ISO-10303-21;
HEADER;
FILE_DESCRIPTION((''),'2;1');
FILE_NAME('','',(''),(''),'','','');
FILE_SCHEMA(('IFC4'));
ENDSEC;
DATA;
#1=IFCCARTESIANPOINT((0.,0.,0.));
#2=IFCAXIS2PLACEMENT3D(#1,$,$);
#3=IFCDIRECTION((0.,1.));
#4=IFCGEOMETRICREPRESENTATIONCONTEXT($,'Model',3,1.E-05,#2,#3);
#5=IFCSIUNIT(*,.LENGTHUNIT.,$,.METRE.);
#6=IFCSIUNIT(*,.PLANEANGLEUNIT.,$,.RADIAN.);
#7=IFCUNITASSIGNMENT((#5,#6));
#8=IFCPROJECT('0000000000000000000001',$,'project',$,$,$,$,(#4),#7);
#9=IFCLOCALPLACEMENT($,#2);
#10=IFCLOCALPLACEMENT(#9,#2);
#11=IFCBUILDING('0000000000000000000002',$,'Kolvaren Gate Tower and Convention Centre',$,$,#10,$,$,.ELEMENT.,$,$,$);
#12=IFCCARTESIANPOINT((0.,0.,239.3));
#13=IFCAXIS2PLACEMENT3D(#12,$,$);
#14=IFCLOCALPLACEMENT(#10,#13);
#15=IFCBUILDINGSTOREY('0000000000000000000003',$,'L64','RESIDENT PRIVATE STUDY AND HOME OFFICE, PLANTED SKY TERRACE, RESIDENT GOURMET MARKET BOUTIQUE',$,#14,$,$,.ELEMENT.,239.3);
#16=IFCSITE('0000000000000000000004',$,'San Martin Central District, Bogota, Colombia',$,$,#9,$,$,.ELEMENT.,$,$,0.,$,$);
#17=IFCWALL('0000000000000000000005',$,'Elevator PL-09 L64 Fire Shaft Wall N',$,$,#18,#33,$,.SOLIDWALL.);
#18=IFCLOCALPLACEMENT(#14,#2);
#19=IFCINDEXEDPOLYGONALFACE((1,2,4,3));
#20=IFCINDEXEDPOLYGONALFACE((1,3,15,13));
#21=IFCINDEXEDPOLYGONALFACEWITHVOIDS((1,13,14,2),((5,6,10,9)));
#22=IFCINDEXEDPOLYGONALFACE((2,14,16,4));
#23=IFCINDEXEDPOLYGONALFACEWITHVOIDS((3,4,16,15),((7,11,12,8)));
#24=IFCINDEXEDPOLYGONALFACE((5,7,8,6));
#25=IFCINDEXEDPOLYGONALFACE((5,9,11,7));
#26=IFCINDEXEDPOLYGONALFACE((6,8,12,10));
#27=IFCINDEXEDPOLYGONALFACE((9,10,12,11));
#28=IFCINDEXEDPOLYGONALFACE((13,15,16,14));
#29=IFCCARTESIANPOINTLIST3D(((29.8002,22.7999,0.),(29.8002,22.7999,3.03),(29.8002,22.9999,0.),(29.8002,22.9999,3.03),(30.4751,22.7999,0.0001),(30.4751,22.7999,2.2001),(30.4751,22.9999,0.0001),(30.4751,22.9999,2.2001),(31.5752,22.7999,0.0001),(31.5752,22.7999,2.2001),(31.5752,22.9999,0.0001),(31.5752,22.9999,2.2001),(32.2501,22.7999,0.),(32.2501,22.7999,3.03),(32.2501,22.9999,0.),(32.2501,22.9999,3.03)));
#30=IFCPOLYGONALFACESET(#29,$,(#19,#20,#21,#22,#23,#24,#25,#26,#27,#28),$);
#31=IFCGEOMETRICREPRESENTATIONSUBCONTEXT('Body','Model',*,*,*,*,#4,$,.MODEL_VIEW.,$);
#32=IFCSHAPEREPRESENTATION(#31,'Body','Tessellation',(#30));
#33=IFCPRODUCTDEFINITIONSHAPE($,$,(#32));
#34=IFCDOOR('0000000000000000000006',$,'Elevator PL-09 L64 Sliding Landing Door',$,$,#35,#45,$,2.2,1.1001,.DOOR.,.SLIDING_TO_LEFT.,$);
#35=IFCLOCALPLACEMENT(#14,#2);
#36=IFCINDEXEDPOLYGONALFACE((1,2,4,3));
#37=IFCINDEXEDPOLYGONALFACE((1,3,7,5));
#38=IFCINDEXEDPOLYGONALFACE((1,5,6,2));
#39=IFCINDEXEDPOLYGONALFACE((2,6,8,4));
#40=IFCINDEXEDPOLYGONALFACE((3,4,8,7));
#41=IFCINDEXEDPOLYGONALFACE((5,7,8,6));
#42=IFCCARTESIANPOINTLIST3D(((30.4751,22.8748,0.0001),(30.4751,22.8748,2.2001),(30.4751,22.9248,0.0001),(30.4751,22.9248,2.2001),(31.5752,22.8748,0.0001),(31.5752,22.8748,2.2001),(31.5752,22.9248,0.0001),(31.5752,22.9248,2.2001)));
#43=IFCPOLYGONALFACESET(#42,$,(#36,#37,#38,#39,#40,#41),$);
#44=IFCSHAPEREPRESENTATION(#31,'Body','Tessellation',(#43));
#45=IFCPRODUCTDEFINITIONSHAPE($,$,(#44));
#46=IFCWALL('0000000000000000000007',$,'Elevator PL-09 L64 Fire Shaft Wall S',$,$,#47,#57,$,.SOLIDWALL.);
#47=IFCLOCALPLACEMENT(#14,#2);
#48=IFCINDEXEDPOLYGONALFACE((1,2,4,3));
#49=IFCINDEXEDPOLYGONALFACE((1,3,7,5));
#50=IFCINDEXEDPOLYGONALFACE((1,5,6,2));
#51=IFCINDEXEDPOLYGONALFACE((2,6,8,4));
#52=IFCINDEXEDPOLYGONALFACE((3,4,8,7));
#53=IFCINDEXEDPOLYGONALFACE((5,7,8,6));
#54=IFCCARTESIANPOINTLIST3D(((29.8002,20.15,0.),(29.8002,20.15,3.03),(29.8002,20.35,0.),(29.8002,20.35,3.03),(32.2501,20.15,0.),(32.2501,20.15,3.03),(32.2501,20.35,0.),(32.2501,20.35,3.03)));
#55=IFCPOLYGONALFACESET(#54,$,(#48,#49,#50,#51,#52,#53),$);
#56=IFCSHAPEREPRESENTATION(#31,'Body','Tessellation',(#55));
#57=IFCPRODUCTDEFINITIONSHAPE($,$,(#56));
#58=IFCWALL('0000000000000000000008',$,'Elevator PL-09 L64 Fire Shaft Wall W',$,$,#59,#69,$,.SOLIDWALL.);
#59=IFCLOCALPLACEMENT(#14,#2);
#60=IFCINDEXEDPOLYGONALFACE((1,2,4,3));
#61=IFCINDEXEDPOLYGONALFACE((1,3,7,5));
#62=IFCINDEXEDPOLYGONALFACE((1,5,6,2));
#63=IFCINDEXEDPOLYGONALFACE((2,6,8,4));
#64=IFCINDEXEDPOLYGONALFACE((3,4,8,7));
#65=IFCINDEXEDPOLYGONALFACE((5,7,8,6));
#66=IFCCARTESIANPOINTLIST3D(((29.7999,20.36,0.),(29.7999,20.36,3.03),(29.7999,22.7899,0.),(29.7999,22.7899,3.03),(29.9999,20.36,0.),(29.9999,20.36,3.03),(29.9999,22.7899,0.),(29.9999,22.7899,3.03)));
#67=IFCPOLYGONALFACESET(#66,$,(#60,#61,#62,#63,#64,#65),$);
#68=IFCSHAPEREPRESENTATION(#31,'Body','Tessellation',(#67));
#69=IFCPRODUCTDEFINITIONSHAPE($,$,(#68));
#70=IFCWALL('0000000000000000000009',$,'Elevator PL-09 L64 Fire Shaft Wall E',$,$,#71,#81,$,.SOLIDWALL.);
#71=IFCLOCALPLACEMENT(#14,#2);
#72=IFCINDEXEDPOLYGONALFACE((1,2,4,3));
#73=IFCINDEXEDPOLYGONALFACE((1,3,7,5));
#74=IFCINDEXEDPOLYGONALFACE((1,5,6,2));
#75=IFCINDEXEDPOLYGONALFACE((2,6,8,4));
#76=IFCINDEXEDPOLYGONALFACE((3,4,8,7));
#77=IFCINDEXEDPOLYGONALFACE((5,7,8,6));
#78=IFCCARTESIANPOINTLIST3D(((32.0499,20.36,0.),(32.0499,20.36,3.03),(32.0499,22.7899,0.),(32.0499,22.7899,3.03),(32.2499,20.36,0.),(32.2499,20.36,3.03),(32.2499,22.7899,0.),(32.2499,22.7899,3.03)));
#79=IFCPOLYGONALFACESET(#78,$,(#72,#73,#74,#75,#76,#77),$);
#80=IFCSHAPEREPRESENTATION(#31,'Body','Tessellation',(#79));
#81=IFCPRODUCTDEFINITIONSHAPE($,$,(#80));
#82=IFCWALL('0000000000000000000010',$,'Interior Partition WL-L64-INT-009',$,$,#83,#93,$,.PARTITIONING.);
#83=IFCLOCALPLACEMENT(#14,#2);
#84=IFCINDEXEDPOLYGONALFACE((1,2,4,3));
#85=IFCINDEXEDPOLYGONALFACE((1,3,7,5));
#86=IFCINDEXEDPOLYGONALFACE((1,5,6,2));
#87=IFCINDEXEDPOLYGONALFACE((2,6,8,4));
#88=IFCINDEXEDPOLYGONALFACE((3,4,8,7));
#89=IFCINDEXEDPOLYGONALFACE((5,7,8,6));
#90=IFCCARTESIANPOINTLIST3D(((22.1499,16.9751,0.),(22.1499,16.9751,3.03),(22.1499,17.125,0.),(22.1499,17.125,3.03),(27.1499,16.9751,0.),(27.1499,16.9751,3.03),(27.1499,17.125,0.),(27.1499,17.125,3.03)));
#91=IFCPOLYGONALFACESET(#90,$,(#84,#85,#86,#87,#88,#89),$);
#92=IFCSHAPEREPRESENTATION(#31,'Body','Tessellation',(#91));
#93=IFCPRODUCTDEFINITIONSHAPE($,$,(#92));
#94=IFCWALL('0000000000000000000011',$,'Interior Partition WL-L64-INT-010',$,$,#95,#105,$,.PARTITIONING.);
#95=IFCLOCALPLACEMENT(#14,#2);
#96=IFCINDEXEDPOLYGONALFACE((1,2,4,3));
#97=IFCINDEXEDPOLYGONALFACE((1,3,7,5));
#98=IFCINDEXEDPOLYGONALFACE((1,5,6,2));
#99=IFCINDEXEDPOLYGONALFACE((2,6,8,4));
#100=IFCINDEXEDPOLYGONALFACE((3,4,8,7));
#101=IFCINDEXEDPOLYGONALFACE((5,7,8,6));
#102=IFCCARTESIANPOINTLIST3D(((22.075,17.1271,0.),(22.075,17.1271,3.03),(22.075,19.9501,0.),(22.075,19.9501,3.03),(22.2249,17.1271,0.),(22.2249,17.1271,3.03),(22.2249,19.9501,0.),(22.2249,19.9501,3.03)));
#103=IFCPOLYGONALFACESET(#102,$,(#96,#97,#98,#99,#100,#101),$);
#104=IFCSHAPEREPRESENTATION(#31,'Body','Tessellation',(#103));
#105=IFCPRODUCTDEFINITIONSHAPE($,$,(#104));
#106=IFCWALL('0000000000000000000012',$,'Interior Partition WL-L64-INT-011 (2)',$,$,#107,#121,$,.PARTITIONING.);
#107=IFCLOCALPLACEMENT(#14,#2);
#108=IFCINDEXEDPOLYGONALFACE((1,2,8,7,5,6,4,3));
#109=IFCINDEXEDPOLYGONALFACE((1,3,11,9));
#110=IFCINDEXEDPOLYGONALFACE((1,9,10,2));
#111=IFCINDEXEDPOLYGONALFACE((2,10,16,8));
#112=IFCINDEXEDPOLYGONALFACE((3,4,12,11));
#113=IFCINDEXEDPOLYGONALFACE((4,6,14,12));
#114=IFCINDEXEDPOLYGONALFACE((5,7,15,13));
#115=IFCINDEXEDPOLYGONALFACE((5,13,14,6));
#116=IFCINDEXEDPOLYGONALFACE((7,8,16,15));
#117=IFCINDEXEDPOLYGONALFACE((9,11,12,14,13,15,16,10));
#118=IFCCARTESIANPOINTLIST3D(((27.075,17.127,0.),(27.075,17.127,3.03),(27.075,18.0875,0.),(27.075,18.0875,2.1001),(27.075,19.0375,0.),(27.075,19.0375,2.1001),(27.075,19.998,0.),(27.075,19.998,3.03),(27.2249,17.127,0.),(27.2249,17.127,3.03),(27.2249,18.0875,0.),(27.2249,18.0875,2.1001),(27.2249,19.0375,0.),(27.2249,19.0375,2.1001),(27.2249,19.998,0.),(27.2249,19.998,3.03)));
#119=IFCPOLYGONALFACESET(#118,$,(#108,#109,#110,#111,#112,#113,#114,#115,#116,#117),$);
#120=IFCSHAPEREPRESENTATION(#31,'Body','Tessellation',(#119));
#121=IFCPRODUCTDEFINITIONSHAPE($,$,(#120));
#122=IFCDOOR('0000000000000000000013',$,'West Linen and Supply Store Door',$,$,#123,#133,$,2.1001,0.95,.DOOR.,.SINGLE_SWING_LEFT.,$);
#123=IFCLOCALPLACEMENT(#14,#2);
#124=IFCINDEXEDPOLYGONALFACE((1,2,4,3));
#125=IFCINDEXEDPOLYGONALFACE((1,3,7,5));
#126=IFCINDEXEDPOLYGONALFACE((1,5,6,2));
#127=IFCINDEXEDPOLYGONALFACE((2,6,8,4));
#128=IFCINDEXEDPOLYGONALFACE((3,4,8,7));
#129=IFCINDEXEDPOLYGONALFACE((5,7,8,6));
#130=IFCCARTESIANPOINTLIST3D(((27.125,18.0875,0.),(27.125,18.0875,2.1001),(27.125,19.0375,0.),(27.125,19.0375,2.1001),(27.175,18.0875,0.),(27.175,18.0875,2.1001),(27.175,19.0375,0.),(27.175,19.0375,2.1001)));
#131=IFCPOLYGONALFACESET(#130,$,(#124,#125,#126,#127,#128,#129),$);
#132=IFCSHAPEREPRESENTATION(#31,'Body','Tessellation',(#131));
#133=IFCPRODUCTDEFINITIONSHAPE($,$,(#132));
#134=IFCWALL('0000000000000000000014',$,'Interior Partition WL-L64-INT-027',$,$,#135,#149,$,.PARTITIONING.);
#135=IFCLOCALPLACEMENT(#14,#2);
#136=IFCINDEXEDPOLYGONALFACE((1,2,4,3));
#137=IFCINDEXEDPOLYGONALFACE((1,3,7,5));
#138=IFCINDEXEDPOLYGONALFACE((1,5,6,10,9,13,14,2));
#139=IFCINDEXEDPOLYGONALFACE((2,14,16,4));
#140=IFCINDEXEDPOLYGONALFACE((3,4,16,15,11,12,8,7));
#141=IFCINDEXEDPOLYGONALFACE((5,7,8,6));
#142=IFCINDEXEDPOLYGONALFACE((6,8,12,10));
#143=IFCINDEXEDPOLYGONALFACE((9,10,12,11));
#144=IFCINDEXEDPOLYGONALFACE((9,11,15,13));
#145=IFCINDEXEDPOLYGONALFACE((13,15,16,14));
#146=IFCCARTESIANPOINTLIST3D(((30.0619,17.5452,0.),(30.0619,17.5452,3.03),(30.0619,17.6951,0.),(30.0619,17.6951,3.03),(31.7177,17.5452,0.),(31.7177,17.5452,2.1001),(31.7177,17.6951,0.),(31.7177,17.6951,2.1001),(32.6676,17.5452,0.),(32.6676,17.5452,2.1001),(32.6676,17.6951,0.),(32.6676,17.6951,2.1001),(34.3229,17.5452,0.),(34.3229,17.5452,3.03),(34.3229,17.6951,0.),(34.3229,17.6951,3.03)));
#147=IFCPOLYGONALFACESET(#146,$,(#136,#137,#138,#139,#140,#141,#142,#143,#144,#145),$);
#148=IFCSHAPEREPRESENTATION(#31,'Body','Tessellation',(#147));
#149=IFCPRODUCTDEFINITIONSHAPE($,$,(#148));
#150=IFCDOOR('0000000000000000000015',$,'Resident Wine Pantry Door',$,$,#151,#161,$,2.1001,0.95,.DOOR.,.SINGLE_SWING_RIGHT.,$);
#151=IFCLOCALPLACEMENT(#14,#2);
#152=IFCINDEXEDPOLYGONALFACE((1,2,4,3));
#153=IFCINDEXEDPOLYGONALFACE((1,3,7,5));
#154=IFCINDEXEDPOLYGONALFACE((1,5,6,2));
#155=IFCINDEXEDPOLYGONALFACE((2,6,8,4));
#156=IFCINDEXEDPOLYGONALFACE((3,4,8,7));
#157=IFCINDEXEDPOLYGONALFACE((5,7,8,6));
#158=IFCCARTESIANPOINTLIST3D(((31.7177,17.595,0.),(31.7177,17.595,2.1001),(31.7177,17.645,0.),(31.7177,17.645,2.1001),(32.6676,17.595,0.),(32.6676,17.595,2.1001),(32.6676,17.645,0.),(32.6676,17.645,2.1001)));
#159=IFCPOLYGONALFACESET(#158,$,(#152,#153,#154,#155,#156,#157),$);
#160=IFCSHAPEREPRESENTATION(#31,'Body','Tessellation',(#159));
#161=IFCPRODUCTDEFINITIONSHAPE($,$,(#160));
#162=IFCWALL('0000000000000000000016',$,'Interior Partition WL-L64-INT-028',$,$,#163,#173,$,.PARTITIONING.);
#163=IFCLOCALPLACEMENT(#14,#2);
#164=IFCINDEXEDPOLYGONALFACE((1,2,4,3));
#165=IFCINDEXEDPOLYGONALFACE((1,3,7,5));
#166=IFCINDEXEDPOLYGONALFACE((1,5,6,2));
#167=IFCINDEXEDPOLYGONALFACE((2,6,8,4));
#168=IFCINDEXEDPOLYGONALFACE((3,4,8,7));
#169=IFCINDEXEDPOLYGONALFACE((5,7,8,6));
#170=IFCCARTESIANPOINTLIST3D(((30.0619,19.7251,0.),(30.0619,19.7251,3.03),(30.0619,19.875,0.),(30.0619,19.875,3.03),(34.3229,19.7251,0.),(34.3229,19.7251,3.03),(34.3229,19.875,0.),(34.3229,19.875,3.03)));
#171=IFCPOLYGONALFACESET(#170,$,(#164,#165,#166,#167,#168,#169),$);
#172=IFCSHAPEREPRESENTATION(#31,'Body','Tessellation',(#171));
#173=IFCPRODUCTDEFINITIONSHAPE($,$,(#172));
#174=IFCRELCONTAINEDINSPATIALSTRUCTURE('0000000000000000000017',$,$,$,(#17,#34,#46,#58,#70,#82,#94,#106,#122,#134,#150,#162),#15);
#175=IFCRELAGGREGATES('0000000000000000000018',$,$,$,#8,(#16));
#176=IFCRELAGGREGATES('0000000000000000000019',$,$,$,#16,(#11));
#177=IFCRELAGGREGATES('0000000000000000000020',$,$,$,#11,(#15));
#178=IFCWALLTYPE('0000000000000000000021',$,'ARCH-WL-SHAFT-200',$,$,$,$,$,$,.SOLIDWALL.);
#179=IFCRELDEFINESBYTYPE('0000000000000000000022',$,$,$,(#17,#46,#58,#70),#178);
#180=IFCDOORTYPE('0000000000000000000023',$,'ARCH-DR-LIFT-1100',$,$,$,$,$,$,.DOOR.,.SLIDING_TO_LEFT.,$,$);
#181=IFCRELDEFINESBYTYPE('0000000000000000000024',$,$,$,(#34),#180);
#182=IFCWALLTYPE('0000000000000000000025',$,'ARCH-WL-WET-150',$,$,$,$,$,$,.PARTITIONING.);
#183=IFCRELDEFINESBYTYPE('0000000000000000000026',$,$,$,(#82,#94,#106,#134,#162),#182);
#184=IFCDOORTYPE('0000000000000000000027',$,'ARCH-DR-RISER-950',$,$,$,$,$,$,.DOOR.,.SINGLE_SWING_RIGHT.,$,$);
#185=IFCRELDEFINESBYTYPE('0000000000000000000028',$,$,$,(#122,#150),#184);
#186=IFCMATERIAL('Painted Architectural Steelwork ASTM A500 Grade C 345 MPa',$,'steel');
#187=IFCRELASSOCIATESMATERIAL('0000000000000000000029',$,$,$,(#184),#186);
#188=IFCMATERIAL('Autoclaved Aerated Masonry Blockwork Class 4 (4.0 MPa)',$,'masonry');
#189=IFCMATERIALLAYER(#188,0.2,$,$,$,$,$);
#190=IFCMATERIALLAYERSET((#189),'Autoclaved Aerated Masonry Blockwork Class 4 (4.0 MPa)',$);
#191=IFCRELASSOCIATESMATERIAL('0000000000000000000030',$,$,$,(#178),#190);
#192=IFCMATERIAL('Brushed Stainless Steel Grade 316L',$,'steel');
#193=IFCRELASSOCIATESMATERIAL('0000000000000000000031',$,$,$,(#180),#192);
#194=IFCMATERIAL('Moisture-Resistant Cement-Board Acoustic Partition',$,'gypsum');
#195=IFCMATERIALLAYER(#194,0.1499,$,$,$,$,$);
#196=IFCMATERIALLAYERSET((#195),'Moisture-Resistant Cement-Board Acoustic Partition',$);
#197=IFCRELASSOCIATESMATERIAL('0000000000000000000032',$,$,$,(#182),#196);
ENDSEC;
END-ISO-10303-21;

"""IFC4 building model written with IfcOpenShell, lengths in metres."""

from ifc_helpers import new_model, si_unit, direction, frame, frame_2d, origin, place, context, subcontext, project, spatial, rectangle, extrude, material, layer, layer_set, type_object, element, fill, save


model = new_model("IFC4")

# Units and contexts
model_context = context("Model", 3, precision=1e-05, world=origin(), true_north=direction((0.0, 1.0)))
body_context = subcontext(model_context, "Body", "Model", "MODEL_VIEW")
ifc_project = project(units=[si_unit("LENGTHUNIT", "METRE"), si_unit("PLANEANGLEUNIT", "RADIAN")], contexts=[model_context])

# Site, building, storey
site_placement = place(None, origin())
site = spatial("IfcSite", under=ifc_project, at=site_placement, Name="San Martin Central District, Bogota, Colombia", CompositionType="ELEMENT", RefElevation=0.0)
building_placement = place(site_placement, origin())
building = spatial("IfcBuilding", under=site, at=building_placement, Name="Kolvaren Gate Tower and Convention Centre", CompositionType="ELEMENT")
storey_placement = place(building_placement, frame((0.0, 0.0, 239.3)))
storey = spatial("IfcBuildingStorey", under=building, at=storey_placement, Name="L64", Description="RESIDENT PRIVATE STUDY AND HOME OFFICE, PLANTED SKY TERRACE, RESIDENT GOURMET MARKET BOUTIQUE", CompositionType="ELEMENT", Elevation=239.3)

# Shared definitions
ifc_material_1 = material(Name="Autoclaved Aerated Masonry Blockwork Class 4 (4.0 MPa)", Category="masonry")

# Shared definitions
ifc_material_2 = material(Name="Painted Architectural Steelwork ASTM A500 Grade C 345 MPa", Category="steel")
door_type_1 = type_object("IfcDoorType", Name="ARCH-DR-RISER-950", OperationType="SINGLE_SWING_RIGHT", PredefinedType="DOOR", material=ifc_material_2)

# Shared definitions
ifc_layer_1 = layer(ifc_material_1, 0.2)
ifc_layer_set_1 = layer_set([ifc_layer_1], Name="Autoclaved Aerated Masonry Blockwork Class 4 (4.0 MPa)")
wall_type_1 = type_object("IfcWallType", Name="ARCH-WL-SHAFT-200", PredefinedType="SOLIDWALL", material=ifc_layer_set_1)

# Wall, opening, door
ifc_material_3 = material(Name="Brushed Stainless Steel Grade 316L", Category="steel")
door_type_2 = type_object("IfcDoorType", Name="ARCH-DR-LIFT-1100", OperationType="SLIDING_TO_LEFT", PredefinedType="DOOR", material=ifc_material_3)
wall_1_placement = place(storey_placement, frame((29.8, 22.8999, 0.0), z_axis=(0.0, 0.0, 1.0), x_axis=(1.0, 0.0, 0.0)))
wall_1 = element("IfcWall", 1, at=wall_1_placement, inside=storey, type_object=wall_type_1, Name="Elevator PL-09 L64 Fire Shaft Wall N", PredefinedType="SOLIDWALL", context=body_context, shape_type="SweptSolid", body=[
    extrude(rectangle(XDim=2.45, YDim=0.2, at=frame_2d((1.2251, 0.0))), origin(), (0.0, 0.0, 1.0), 3.03),
])
opening_1_placement = place(wall_1_placement, frame((0.675, 0.0, 0.0)))
opening_1 = element("IfcOpeningElement", 2, at=opening_1_placement, cuts=wall_1, PredefinedType="OPENING", context=body_context, shape_type="SweptSolid", body=[
    extrude(rectangle(XDim=1.1001, YDim=2.2, at=frame_2d((0.55, 1.1001))), frame((0.0, 0.1099, 0.0), z_axis=(0.0, -1.0, 0.0), x_axis=(1.0, 0.0, 0.0)), (0.0, 0.0, 1.0), 0.22),
])
door_1_placement = place(opening_1_placement, origin())
door_1 = element("IfcDoor", 3, at=door_1_placement, inside=storey, type_object=door_type_2, Name="Elevator PL-09 L64 Sliding Landing Door", OperationType="SLIDING_TO_LEFT", OverallHeight=2.2, OverallWidth=1.1001, PredefinedType="DOOR", context=body_context, shape_type="SweptSolid", body=[
    extrude(rectangle(XDim=1.1001, YDim=2.2, at=frame_2d((0.55, 1.1001))), frame((0.0, 0.0249, 0.0), z_axis=(0.0, -1.0, 0.0), x_axis=(1.0, 0.0, 0.0)), (0.0, 0.0, 1.0), 0.05),
])
fill(opening_1, door_1)

# Walls
wall_2_placement = place(storey_placement, frame((29.8, 20.25, 0.0), z_axis=(0.0, 0.0, 1.0), x_axis=(1.0, 0.0, 0.0)))
element("IfcWall", 4, at=wall_2_placement, inside=storey, type_object=wall_type_1, Name="Elevator PL-09 L64 Fire Shaft Wall S", PredefinedType="SOLIDWALL", context=body_context, shape_type="SweptSolid", body=[
    extrude(rectangle(XDim=2.45, YDim=0.2, at=frame_2d((1.2251, 0.0))), origin(), (0.0, 0.0, 1.0), 3.03),
])
for number, where, z_axis, x_axis, name in (
    (5, (29.8999, 20.3601, 0.0), (0.0, 0.0, 1.0), (0.0, 1.0, 0.0), "Elevator PL-09 L64 Fire Shaft Wall W"),
    (6, (32.1499, 20.3601, 0.0), (0.0, 0.0, 1.0), (0.0, 1.0, 0.0), "Elevator PL-09 L64 Fire Shaft Wall E"),
):
    element("IfcWall", number, at=place(storey_placement, frame(where, z_axis=z_axis, x_axis=x_axis)), inside=storey, type_object=wall_type_1, Name=name, PredefinedType="SOLIDWALL", context=body_context, shape_type="SweptSolid", body=[
        extrude(rectangle(XDim=2.4299, YDim=0.2, at=frame_2d((1.2148, 0.0))), origin(), (0.0, 0.0, 1.0), 3.03),
    ])
ifc_material_4 = material(Name="Moisture-Resistant Cement-Board Acoustic Partition", Category="gypsum")
ifc_layer_2 = layer(ifc_material_4, 0.1499)
ifc_layer_set_2 = layer_set([ifc_layer_2], Name="Moisture-Resistant Cement-Board Acoustic Partition")
wall_type_2 = type_object("IfcWallType", Name="ARCH-WL-WET-150", PredefinedType="PARTITIONING", material=ifc_layer_set_2)
wall_3_placement = place(storey_placement, frame((22.1499, 17.05, 0.0), z_axis=(0.0, 0.0, 1.0), x_axis=(1.0, 0.0, 0.0)))
element("IfcWall", 7, at=wall_3_placement, inside=storey, type_object=wall_type_2, Name="Interior Partition WL-L64-INT-009", PredefinedType="PARTITIONING", context=body_context, shape_type="SweptSolid", body=[
    extrude(rectangle(XDim=5.0, YDim=0.1499, at=frame_2d((2.5, 0.0))), origin(), (0.0, 0.0, 1.0), 3.03),
])
wall_4_placement = place(storey_placement, frame((22.1499, 17.127, 0.0), z_axis=(0.0, 0.0, 1.0), x_axis=(0.0, 1.0, 0.0)))
element("IfcWall", 8, at=wall_4_placement, inside=storey, type_object=wall_type_2, Name="Interior Partition WL-L64-INT-010", PredefinedType="PARTITIONING", context=body_context, shape_type="SweptSolid", body=[
    extrude(rectangle(XDim=2.823, YDim=0.1499, at=frame_2d((1.4116, 0.0))), origin(), (0.0, 0.0, 1.0), 3.03),
])

# Walls, openings, doors
wall_5_placement = place(storey_placement, frame((27.1499, 17.127, 0.0), z_axis=(0.0, 0.0, 1.0), x_axis=(0.0, 1.0, 0.0)))
wall_5 = element("IfcWall", 9, at=wall_5_placement, inside=storey, type_object=wall_type_2, Name="Interior Partition WL-L64-INT-011 (2)", PredefinedType="PARTITIONING", context=body_context, shape_type="SweptSolid", body=[
    extrude(rectangle(XDim=2.8711, YDim=0.1499, at=frame_2d((1.4355, 0.0))), origin(), (0.0, 0.0, 1.0), 3.03),
])
opening_2_placement = place(wall_5_placement, frame((0.9604, 0.0, 0.0)))
opening_2 = element("IfcOpeningElement", 10, at=opening_2_placement, cuts=wall_5, PredefinedType="OPENING", context=body_context, shape_type="SweptSolid", body=[
    extrude(rectangle(XDim=0.95, YDim=2.1001, at=frame_2d((0.4751, 1.05))), frame((0.0, 0.085, 0.0), z_axis=(0.0, -1.0, 0.0), x_axis=(1.0, 0.0, 0.0)), (0.0, 0.0, 1.0), 0.1699),
])
door_2_placement = place(opening_2_placement, origin())
door_2 = element("IfcDoor", 11, at=door_2_placement, inside=storey, type_object=door_type_1, Name="West Linen and Supply Store Door", OperationType="SINGLE_SWING_LEFT", OverallHeight=2.1001, OverallWidth=0.95, PredefinedType="DOOR", context=body_context, shape_type="SweptSolid", body=[
    extrude(rectangle(XDim=0.95, YDim=2.1001, at=frame_2d((0.4751, 1.05))), frame((0.0, 0.0249, 0.0), z_axis=(0.0, -1.0, 0.0), x_axis=(1.0, 0.0, 0.0)), (0.0, 0.0, 1.0), 0.05),
])
fill(opening_2, door_2)
wall_6_placement = place(storey_placement, frame((30.062, 17.6201, 0.0), z_axis=(0.0, 0.0, 1.0), x_axis=(1.0, 0.0, 0.0)))
wall_6 = element("IfcWall", 12, at=wall_6_placement, inside=storey, type_object=wall_type_2, Name="Interior Partition WL-L64-INT-027", PredefinedType="PARTITIONING", context=body_context, shape_type="SweptSolid", body=[
    extrude(rectangle(XDim=4.261, YDim=0.1499, at=frame_2d((2.1304, 0.0))), origin(), (0.0, 0.0, 1.0), 3.03),
])
opening_3_placement = place(wall_6_placement, frame((1.6555, 0.0, 0.0)))
opening_3 = element("IfcOpeningElement", 13, at=opening_3_placement, cuts=wall_6, PredefinedType="OPENING", context=body_context, shape_type="SweptSolid", body=[
    extrude(rectangle(XDim=0.95, YDim=2.1001, at=frame_2d((0.4751, 1.05))), frame((0.0, 0.085, 0.0), z_axis=(0.0, -1.0, 0.0), x_axis=(1.0, 0.0, 0.0)), (0.0, 0.0, 1.0), 0.1699),
])
door_3_placement = place(opening_3_placement, origin())
door_3 = element("IfcDoor", 14, at=door_3_placement, inside=storey, type_object=door_type_1, Name="Resident Wine Pantry Door", OperationType="SINGLE_SWING_RIGHT", OverallHeight=2.1001, OverallWidth=0.95, PredefinedType="DOOR", context=body_context, shape_type="SweptSolid", body=[
    extrude(rectangle(XDim=0.95, YDim=2.1001, at=frame_2d((0.4751, 1.05))), frame((0.0, 0.0249, 0.0), z_axis=(0.0, -1.0, 0.0), x_axis=(1.0, 0.0, 0.0)), (0.0, 0.0, 1.0), 0.05),
])
fill(opening_3, door_3)

# Wall
wall_7_placement = place(storey_placement, frame((30.062, 19.8, 0.0), z_axis=(0.0, 0.0, 1.0), x_axis=(1.0, 0.0, 0.0)))
element("IfcWall", 15, at=wall_7_placement, inside=storey, type_object=wall_type_2, Name="Interior Partition WL-L64-INT-028", PredefinedType="PARTITIONING", context=body_context, shape_type="SweptSolid", body=[
    extrude(rectangle(XDim=4.261, YDim=0.1499, at=frame_2d((2.1304, 0.0))), origin(), (0.0, 0.0, 1.0), 3.03),
])

save(model, "model.ifc")
